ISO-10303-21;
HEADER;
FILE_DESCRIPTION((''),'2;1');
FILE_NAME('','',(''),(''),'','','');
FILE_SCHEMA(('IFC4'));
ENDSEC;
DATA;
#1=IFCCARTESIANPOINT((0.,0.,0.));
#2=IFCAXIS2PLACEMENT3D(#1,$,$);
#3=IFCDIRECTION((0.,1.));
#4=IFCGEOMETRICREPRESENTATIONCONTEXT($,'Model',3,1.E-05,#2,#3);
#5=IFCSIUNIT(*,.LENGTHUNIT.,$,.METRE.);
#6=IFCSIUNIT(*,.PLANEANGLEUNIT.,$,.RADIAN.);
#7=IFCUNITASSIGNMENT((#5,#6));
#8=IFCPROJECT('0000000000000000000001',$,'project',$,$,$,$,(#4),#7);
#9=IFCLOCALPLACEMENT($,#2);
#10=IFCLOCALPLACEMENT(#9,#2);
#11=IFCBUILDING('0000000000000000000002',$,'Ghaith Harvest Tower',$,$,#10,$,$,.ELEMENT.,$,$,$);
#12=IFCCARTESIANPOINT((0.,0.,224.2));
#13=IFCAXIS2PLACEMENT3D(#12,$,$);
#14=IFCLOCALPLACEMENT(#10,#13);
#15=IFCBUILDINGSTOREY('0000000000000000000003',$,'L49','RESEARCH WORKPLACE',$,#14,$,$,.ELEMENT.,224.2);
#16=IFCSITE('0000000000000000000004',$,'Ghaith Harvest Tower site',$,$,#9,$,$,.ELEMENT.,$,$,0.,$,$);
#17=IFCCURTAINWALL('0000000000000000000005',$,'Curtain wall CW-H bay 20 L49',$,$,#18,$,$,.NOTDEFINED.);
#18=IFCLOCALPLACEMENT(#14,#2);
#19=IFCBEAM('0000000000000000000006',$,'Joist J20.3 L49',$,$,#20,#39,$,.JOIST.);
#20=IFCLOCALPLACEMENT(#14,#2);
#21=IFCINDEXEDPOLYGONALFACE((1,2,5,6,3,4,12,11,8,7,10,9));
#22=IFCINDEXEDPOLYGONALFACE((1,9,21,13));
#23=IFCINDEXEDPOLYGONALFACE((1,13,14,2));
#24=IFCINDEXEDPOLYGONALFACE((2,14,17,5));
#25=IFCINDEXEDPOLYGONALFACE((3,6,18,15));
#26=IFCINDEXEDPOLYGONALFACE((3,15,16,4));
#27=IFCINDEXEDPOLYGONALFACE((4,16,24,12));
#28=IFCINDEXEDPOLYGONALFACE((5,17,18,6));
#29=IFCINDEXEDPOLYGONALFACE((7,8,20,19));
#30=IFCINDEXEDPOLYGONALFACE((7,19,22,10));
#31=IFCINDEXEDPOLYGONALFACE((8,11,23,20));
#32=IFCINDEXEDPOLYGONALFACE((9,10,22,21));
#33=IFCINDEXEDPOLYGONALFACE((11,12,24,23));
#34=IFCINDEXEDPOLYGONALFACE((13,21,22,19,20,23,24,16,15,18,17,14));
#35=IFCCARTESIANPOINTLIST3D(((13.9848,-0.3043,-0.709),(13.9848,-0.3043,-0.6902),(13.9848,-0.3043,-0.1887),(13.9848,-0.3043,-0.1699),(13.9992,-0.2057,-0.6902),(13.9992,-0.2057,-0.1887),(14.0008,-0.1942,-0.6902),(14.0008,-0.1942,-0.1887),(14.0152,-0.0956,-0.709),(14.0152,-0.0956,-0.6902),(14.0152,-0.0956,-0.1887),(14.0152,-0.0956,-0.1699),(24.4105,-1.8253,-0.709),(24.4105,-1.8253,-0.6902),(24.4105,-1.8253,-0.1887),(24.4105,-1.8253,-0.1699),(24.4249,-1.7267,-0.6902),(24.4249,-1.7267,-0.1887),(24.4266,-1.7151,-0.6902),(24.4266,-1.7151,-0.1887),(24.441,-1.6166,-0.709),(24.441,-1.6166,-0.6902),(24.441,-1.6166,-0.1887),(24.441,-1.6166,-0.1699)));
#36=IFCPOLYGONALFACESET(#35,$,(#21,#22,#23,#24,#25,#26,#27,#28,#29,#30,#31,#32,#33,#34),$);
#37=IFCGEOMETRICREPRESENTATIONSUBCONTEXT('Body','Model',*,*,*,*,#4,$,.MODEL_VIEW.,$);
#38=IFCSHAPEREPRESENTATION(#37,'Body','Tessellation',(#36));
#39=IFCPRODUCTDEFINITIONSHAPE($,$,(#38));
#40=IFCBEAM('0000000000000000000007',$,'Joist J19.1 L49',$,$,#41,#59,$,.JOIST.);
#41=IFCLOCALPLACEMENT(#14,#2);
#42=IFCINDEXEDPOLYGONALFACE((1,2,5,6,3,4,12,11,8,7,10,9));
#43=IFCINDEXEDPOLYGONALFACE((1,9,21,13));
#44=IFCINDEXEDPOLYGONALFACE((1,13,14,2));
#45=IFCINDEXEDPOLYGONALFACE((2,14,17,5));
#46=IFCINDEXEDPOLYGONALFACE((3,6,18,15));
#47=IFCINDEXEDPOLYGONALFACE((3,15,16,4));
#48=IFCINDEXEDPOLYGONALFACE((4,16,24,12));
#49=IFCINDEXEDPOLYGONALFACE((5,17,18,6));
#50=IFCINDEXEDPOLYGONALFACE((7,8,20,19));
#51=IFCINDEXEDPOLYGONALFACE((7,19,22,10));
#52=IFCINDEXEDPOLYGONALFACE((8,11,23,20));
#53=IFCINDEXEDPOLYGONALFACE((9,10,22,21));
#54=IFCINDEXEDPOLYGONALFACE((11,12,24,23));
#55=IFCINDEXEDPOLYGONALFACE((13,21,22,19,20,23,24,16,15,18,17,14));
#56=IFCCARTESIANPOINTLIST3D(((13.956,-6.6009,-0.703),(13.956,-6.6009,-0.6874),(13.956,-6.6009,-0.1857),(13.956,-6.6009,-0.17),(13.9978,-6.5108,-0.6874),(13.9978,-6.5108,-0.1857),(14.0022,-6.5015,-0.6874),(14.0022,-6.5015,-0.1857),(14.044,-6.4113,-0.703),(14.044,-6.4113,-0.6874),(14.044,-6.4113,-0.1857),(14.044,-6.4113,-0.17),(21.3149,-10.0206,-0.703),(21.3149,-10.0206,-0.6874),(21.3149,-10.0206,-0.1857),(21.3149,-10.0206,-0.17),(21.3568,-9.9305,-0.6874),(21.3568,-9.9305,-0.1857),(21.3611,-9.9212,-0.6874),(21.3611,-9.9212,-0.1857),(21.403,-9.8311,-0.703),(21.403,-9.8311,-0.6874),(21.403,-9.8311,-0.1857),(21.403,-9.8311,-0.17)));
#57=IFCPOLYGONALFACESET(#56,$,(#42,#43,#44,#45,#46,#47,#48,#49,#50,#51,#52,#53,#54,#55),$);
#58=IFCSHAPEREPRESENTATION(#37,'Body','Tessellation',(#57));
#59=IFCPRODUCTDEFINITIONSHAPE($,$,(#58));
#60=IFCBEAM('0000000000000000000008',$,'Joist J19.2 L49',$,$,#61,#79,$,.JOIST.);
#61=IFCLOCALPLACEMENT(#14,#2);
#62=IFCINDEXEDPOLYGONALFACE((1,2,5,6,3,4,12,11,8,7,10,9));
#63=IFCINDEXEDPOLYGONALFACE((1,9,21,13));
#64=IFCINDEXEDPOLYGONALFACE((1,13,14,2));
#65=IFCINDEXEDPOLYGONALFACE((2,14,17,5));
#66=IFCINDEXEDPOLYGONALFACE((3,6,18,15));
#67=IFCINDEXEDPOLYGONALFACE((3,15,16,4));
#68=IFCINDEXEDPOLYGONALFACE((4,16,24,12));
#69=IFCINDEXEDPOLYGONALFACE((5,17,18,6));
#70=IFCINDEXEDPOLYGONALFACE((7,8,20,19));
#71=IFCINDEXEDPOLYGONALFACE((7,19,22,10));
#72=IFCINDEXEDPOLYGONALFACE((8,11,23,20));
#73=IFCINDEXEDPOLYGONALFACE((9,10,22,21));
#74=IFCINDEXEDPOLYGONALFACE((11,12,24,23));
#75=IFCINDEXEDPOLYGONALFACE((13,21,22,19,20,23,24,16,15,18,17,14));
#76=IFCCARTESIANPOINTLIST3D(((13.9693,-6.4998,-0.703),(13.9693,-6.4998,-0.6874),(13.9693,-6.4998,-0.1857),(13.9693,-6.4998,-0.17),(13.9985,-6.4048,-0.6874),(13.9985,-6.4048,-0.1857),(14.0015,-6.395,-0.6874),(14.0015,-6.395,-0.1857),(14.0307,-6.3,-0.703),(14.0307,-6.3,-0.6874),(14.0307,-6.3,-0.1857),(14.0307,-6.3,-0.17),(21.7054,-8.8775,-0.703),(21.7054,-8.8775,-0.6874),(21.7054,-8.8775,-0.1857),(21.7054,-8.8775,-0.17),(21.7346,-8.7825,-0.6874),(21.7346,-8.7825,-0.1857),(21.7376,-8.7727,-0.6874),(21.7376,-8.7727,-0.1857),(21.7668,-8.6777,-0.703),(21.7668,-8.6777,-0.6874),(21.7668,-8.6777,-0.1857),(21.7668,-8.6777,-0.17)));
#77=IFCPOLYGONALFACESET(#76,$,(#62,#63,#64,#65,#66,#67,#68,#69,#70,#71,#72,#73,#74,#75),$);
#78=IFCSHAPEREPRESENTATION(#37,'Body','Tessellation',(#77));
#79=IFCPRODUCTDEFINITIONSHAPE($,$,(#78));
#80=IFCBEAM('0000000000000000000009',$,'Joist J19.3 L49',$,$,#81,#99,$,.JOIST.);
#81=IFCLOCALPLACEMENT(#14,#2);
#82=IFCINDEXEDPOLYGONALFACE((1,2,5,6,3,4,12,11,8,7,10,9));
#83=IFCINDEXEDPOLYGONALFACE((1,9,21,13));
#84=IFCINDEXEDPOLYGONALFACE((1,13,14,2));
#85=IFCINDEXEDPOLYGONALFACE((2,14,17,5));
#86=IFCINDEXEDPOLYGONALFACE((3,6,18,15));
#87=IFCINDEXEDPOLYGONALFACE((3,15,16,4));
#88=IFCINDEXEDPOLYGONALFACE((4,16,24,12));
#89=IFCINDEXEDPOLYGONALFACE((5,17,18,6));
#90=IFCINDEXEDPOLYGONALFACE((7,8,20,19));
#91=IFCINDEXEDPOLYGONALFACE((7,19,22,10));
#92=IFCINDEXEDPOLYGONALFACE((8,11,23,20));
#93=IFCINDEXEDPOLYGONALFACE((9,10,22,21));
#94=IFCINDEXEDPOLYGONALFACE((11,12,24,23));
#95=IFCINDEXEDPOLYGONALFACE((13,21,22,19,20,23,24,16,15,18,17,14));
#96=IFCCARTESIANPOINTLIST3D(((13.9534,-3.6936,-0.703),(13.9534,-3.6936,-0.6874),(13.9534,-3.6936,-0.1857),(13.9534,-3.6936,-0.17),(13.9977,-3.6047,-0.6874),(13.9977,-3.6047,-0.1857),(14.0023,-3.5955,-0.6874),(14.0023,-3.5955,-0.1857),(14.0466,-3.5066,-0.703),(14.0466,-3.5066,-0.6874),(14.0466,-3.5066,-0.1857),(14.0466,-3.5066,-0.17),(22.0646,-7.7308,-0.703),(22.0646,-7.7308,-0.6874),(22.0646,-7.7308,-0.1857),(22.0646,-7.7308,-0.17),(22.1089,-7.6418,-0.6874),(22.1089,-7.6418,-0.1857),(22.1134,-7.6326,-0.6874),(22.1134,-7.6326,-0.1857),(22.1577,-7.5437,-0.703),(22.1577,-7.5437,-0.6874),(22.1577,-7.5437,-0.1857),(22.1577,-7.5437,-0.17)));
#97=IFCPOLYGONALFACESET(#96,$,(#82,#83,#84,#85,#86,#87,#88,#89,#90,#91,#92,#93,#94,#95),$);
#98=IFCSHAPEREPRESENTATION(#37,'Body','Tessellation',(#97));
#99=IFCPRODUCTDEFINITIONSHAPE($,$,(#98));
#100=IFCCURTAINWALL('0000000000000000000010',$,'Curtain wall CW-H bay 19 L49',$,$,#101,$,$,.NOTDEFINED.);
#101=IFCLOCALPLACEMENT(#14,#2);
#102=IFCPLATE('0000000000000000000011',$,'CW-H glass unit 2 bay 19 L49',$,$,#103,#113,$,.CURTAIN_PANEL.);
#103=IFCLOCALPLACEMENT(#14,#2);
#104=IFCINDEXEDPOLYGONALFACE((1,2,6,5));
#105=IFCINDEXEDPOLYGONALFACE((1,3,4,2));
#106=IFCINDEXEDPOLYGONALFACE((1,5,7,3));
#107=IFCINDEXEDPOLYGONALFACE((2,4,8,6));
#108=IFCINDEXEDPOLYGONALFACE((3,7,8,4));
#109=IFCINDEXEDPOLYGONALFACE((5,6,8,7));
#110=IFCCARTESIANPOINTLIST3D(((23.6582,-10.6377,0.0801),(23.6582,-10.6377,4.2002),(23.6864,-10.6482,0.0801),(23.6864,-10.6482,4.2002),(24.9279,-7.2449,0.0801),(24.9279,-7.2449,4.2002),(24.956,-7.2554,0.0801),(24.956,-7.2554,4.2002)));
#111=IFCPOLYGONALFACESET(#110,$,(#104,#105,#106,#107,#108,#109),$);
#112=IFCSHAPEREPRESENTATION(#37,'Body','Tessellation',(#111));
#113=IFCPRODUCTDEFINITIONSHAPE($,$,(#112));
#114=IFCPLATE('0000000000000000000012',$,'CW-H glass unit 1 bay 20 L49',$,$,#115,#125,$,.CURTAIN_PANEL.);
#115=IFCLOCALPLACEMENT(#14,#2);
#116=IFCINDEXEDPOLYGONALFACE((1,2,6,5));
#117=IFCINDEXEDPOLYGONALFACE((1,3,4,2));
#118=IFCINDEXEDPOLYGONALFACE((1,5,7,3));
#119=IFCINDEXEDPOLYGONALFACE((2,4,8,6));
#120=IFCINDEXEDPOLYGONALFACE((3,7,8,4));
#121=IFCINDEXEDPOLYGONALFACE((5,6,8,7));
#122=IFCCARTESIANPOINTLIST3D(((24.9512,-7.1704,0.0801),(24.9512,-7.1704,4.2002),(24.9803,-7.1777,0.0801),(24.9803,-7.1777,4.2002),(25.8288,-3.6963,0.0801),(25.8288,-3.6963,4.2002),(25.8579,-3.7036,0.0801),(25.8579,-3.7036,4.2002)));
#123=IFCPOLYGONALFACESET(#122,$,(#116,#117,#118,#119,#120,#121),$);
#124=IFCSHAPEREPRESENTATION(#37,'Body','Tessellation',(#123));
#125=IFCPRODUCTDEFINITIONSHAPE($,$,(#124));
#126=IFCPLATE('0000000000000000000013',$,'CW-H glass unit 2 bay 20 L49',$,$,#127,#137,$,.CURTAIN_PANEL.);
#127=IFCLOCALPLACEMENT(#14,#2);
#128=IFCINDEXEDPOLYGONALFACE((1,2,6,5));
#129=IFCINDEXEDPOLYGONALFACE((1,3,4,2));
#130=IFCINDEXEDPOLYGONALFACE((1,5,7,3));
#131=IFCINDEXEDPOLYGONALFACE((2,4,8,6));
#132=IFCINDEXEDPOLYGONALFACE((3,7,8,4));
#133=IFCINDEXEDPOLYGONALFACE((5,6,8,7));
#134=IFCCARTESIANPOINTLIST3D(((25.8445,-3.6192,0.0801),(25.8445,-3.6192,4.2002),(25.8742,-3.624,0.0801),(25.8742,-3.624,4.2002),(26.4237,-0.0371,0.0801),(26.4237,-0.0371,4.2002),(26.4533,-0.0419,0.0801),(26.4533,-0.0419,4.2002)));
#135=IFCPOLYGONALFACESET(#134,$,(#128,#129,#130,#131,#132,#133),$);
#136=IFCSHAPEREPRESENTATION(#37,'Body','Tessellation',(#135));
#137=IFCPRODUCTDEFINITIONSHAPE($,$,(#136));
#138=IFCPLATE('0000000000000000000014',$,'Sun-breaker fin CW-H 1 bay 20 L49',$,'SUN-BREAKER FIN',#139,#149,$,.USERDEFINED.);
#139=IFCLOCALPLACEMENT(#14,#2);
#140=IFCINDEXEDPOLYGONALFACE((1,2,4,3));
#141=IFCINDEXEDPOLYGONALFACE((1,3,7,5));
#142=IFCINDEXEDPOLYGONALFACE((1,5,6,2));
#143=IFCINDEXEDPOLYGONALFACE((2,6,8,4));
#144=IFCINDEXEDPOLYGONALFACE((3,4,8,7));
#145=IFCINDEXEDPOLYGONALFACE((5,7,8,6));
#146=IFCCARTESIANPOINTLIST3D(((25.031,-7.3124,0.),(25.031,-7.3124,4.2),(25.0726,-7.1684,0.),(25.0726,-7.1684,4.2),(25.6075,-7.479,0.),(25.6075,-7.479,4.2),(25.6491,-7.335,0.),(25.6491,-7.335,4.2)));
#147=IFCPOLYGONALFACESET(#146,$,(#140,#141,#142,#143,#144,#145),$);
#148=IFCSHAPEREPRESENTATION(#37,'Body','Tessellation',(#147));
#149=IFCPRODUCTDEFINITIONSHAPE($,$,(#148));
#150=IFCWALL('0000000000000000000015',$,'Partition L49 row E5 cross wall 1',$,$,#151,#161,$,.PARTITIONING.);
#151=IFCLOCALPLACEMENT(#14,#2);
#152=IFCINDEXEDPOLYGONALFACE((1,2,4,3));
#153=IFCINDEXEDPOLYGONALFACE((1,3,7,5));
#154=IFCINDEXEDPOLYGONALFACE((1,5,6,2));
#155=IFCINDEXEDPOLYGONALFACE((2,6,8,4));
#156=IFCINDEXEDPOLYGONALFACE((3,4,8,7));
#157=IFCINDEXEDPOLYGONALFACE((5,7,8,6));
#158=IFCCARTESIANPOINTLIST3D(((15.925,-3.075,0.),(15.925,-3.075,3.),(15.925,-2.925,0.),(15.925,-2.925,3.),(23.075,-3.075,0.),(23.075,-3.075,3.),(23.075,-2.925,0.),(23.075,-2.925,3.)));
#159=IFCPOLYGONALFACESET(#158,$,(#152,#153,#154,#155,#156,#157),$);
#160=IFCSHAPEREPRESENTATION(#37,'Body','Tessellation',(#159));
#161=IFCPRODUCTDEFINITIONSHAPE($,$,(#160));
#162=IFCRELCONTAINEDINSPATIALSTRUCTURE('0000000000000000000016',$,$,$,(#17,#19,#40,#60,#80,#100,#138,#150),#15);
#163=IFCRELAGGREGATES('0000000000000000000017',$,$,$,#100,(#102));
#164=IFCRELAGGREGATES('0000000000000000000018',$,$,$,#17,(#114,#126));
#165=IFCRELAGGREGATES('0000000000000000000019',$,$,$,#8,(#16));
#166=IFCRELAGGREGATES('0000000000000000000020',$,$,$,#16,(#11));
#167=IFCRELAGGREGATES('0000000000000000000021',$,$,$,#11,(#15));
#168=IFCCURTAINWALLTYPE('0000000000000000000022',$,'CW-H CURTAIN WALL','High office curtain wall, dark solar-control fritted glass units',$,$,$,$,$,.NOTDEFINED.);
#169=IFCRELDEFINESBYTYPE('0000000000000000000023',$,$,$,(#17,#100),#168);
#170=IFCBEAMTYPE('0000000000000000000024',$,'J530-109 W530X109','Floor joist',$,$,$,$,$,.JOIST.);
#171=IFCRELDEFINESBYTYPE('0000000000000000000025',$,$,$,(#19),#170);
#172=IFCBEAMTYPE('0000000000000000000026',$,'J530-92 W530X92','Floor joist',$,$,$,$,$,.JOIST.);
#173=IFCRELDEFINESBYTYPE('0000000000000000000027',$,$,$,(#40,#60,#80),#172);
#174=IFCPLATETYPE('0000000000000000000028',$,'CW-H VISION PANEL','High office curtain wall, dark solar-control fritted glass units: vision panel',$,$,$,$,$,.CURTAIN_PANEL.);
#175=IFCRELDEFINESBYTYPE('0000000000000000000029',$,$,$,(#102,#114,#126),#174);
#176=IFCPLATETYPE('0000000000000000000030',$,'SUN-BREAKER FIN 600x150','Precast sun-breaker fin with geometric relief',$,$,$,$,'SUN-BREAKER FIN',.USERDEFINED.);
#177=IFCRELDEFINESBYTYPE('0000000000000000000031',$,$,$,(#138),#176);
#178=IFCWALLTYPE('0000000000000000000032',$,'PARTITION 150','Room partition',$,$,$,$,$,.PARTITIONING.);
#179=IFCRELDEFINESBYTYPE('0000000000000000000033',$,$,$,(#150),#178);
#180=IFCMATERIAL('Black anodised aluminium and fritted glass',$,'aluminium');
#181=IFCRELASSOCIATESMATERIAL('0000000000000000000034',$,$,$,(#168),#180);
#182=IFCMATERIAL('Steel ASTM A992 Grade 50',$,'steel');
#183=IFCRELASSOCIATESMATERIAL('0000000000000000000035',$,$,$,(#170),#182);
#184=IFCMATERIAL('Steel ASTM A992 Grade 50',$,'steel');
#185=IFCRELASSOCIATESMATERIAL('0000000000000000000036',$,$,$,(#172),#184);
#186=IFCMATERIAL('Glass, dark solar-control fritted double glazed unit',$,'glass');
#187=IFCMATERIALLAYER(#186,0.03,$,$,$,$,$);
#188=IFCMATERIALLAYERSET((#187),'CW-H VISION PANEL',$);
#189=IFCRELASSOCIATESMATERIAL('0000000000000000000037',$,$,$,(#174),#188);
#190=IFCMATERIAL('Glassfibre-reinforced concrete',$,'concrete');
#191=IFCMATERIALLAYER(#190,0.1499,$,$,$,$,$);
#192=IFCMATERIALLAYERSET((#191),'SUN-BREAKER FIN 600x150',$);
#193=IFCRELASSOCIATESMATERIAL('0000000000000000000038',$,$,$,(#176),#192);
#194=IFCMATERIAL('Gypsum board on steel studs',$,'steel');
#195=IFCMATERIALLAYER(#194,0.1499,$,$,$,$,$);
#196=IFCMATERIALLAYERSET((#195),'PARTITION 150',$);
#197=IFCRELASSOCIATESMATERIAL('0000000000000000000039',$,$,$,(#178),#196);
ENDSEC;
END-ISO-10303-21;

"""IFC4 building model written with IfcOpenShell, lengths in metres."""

from ifc_helpers import new_model, si_unit, direction, frame, frame_2d, origin, origin_2d, place, context, subcontext, project, spatial, rectangle, i_section, extrude, material, layer, layer_set, material_profile, profile_set, type_object, element, aggregate, save


model = new_model("IFC4")

# Units and contexts
model_context = context("Model", 3, precision=1e-05, world=origin(), true_north=direction((0.0, 1.0)))
body_context = subcontext(model_context, "Body", "Model", "MODEL_VIEW")
ifc_project = project(units=[si_unit("LENGTHUNIT", "METRE"), si_unit("PLANEANGLEUNIT", "RADIAN")], contexts=[model_context])

# Site, building, storey
site_placement = place(None, origin())
site = spatial("IfcSite", under=ifc_project, at=site_placement, Name="Ghaith Harvest Tower site", CompositionType="ELEMENT", RefElevation=0.0)
building_placement = place(site_placement, origin())
building = spatial("IfcBuilding", under=site, at=building_placement, Name="Ghaith Harvest Tower", CompositionType="ELEMENT")
storey_placement = place(building_placement, frame((0.0, 0.0, 224.2)))
storey = spatial("IfcBuildingStorey", under=building, at=storey_placement, Name="L49", Description="RESEARCH WORKPLACE", CompositionType="ELEMENT", Elevation=224.2)

# Curtain wall
ifc_material_1 = material(Name="Black anodised aluminium and fritted glass", Category="aluminium")
curtain_wall_type = type_object("IfcCurtainWallType", Name="CW-H CURTAIN WALL", Description="High office curtain wall, dark solar-control fritted glass units", PredefinedType="NOTDEFINED", material=ifc_material_1)
curtain_wall_1_placement = place(storey_placement, origin())
curtain_wall_1 = element("IfcCurtainWall", 1, at=curtain_wall_1_placement, inside=storey, type_object=curtain_wall_type, Name="Curtain wall CW-H bay 20 L49", PredefinedType="NOTDEFINED")

# Beams
ifc_material_2 = material(Name="Steel ASTM A992 Grade 50", Category="steel")
ifc_material_profile_1 = material_profile(ifc_material_2, i_section(OverallWidth=0.2109, OverallDepth=0.5391, WebThickness=0.0117, FlangeThickness=0.0188, at=origin_2d()), Name="W530X109")
ifc_profile_set_1 = profile_set([ifc_material_profile_1], Name="Steel ASTM A992 Grade 50")
beam_type_1 = type_object("IfcBeamType", Name="J530-109 W530X109", Description="Floor joist", PredefinedType="JOIST", material=ifc_profile_set_1)
beam_1_placement = place(storey_placement, frame((14.0, -0.2, -0.4395), z_axis=(0.989525, -0.14436, 0.0), x_axis=(0.14436, 0.989525, 0.0)))
element("IfcBeam", 2, at=beam_1_placement, inside=storey, type_object=beam_type_1, Name="Joist J20.3 L49", PredefinedType="JOIST", context=body_context, shape_type="SweptSolid", body=[
    extrude(i_section(OverallWidth=0.2109, OverallDepth=0.5391, WebThickness=0.0117, FlangeThickness=0.0188, at=origin_2d()), origin(), (0.0, 0.0, 1.0), 10.5361),
])
ifc_material_3 = material(Name="Steel ASTM A992 Grade 50", Category="steel")
ifc_material_profile_2 = material_profile(ifc_material_3, i_section(OverallWidth=0.209, OverallDepth=0.533, WebThickness=0.0103, FlangeThickness=0.0156, at=origin_2d()), Name="W530X92")
ifc_profile_set_2 = profile_set([ifc_material_profile_2], Name="Steel ASTM A992 Grade 50")
beam_type_2 = type_object("IfcBeamType", Name="J530-92 W530X92", Description="Floor joist", PredefinedType="JOIST", material=ifc_profile_set_2)
beam_2_placement = place(storey_placement, frame((14.0, -6.5061, -0.4365), z_axis=(0.906865, -0.421421, 0.0), x_axis=(0.421421, 0.906865, 0.0)))
element("IfcBeam", 3, at=beam_2_placement, inside=storey, type_object=beam_type_2, Name="Joist J19.1 L49", PredefinedType="JOIST", context=body_context, shape_type="SweptSolid", body=[
    extrude(i_section(OverallWidth=0.209, OverallDepth=0.533, WebThickness=0.0103, FlangeThickness=0.0156, at=origin_2d()), origin(), (0.0, 0.0, 1.0), 8.1147),
])
beam_3_placement = place(storey_placement, frame((14.0, -6.3999, -0.4365), z_axis=(0.955871, -0.293787, 0.0), x_axis=(0.293787, 0.955871, 0.0)))
element("IfcBeam", 4, at=beam_3_placement, inside=storey, type_object=beam_type_2, Name="Joist J19.2 L49", PredefinedType="JOIST", context=body_context, shape_type="SweptSolid", body=[
    extrude(i_section(OverallWidth=0.209, OverallDepth=0.533, WebThickness=0.0103, FlangeThickness=0.0156, at=origin_2d()), origin(), (0.0, 0.0, 1.0), 8.0933),
])
beam_4_placement = place(storey_placement, frame((14.0, -3.6001, -0.4365), z_axis=(0.895239, -0.445585, 0.0), x_axis=(0.445585, 0.895239, 0.0)))
element("IfcBeam", 5, at=beam_4_placement, inside=storey, type_object=beam_type_2, Name="Joist J19.3 L49", PredefinedType="JOIST", context=body_context, shape_type="SweptSolid", body=[
    extrude(i_section(OverallWidth=0.209, OverallDepth=0.533, WebThickness=0.0103, FlangeThickness=0.0156, at=origin_2d()), origin(), (0.0, 0.0, 1.0), 9.0603),
])

# Curtain wall, plate
curtain_wall_2_placement = place(storey_placement, origin())
curtain_wall_2 = element("IfcCurtainWall", 6, at=curtain_wall_2_placement, inside=storey, type_object=curtain_wall_type, Name="Curtain wall CW-H bay 19 L49", PredefinedType="NOTDEFINED")
ifc_material_4 = material(Name="Glass, dark solar-control fritted double glazed unit", Category="glass")
ifc_layer_1 = layer(ifc_material_4, 0.03)
ifc_layer_set_1 = layer_set([ifc_layer_1], Name="CW-H VISION PANEL")
plate_type_1 = type_object("IfcPlateType", Name="CW-H VISION PANEL", Description="High office curtain wall, dark solar-control fritted glass units: vision panel", PredefinedType="CURTAIN_PANEL", material=ifc_layer_set_1)
plate_1_placement = place(storey_placement, frame((24.3071, -8.9465, 0.0801), z_axis=(0.0, 0.0, 1.0), x_axis=(0.350481, 0.93657, 0.0)))
plate_1 = element("IfcPlate", 7, at=plate_1_placement, type_object=plate_type_1, Name="CW-H glass unit 2 bay 19 L49", PredefinedType="CURTAIN_PANEL", context=body_context, shape_type="SweptSolid", body=[
    extrude(rectangle(XDim=3.6226, YDim=0.03, at=origin_2d()), origin(), (0.0, 0.0, 1.0), 4.1201),
])
aggregate(curtain_wall_2, [plate_1])

# Plates
plate_2_placement = place(storey_placement, frame((25.4045, -5.437, 0.0801), z_axis=(0.0, 0.0, 1.0), x_axis=(0.244926, 0.969542, 0.0)))
plate_2 = element("IfcPlate", 8, at=plate_2_placement, type_object=plate_type_1, Name="CW-H glass unit 1 bay 20 L49", PredefinedType="CURTAIN_PANEL", context=body_context, shape_type="SweptSolid", body=[
    extrude(rectangle(XDim=3.5833, YDim=0.03, at=origin_2d()), origin(), (0.0, 0.0, 1.0), 4.1201),
])
plate_3_placement = place(storey_placement, frame((26.1489, -1.8306, 0.0801), z_axis=(0.0, 0.0, 1.0), x_axis=(0.159601, 0.987182, 0.0)))
plate_3 = element("IfcPlate", 9, at=plate_3_placement, type_object=plate_type_1, Name="CW-H glass unit 2 bay 20 L49", PredefinedType="CURTAIN_PANEL", context=body_context, shape_type="SweptSolid", body=[
    extrude(rectangle(XDim=3.6287, YDim=0.03, at=origin_2d()), origin(), (0.0, 0.0, 1.0), 4.1201),
])
aggregate(curtain_wall_1, [plate_2, plate_3])
ifc_material_5 = material(Name="Glassfibre-reinforced concrete", Category="concrete")
ifc_layer_2 = layer(ifc_material_5, 0.1499)
ifc_layer_set_2 = layer_set([ifc_layer_2], Name="SUN-BREAKER FIN 600x150")
plate_type_2 = type_object("IfcPlateType", Name="SUN-BREAKER FIN 600x150", Description="Precast sun-breaker fin with geometric relief", ElementType="SUN-BREAKER FIN", PredefinedType="USERDEFINED", material=ifc_layer_set_2)
plate_4_placement = place(storey_placement, frame((25.3401, -7.3237, 0.0), z_axis=(0.0, 0.0, 1.0), x_axis=(0.96068, -0.277657, 0.0)))
element("IfcPlate", 10, at=plate_4_placement, inside=storey, type_object=plate_type_2, Name="Sun-breaker fin CW-H 1 bay 20 L49", ObjectType="SUN-BREAKER FIN", PredefinedType="USERDEFINED", context=body_context, shape_type="SweptSolid", body=[
    extrude(rectangle(XDim=0.6001, YDim=0.1499, at=origin_2d()), origin(), (0.0, 0.0, 1.0), 4.2),
])

# Wall
ifc_material_6 = material(Name="Gypsum board on steel studs", Category="steel")
ifc_layer_3 = layer(ifc_material_6, 0.1499)
ifc_layer_set_3 = layer_set([ifc_layer_3], Name="PARTITION 150")
wall_type_1 = type_object("IfcWallType", Name="PARTITION 150", Description="Room partition", PredefinedType="PARTITIONING", material=ifc_layer_set_3)
wall_1_placement = place(storey_placement, frame((15.925, -3.0, 0.0), z_axis=(0.0, 0.0, 1.0), x_axis=(1.0, 0.0, 0.0)))
element("IfcWall", 11, at=wall_1_placement, inside=storey, type_object=wall_type_1, Name="Partition L49 row E5 cross wall 1", PredefinedType="PARTITIONING", context=body_context, shape_type="SweptSolid", body=[
    extrude(rectangle(XDim=7.1499, YDim=0.1499, at=frame_2d((3.575, 0.0))), origin(), (0.0, 0.0, 1.0), 3.0),
])

save(model, "model.ifc")
